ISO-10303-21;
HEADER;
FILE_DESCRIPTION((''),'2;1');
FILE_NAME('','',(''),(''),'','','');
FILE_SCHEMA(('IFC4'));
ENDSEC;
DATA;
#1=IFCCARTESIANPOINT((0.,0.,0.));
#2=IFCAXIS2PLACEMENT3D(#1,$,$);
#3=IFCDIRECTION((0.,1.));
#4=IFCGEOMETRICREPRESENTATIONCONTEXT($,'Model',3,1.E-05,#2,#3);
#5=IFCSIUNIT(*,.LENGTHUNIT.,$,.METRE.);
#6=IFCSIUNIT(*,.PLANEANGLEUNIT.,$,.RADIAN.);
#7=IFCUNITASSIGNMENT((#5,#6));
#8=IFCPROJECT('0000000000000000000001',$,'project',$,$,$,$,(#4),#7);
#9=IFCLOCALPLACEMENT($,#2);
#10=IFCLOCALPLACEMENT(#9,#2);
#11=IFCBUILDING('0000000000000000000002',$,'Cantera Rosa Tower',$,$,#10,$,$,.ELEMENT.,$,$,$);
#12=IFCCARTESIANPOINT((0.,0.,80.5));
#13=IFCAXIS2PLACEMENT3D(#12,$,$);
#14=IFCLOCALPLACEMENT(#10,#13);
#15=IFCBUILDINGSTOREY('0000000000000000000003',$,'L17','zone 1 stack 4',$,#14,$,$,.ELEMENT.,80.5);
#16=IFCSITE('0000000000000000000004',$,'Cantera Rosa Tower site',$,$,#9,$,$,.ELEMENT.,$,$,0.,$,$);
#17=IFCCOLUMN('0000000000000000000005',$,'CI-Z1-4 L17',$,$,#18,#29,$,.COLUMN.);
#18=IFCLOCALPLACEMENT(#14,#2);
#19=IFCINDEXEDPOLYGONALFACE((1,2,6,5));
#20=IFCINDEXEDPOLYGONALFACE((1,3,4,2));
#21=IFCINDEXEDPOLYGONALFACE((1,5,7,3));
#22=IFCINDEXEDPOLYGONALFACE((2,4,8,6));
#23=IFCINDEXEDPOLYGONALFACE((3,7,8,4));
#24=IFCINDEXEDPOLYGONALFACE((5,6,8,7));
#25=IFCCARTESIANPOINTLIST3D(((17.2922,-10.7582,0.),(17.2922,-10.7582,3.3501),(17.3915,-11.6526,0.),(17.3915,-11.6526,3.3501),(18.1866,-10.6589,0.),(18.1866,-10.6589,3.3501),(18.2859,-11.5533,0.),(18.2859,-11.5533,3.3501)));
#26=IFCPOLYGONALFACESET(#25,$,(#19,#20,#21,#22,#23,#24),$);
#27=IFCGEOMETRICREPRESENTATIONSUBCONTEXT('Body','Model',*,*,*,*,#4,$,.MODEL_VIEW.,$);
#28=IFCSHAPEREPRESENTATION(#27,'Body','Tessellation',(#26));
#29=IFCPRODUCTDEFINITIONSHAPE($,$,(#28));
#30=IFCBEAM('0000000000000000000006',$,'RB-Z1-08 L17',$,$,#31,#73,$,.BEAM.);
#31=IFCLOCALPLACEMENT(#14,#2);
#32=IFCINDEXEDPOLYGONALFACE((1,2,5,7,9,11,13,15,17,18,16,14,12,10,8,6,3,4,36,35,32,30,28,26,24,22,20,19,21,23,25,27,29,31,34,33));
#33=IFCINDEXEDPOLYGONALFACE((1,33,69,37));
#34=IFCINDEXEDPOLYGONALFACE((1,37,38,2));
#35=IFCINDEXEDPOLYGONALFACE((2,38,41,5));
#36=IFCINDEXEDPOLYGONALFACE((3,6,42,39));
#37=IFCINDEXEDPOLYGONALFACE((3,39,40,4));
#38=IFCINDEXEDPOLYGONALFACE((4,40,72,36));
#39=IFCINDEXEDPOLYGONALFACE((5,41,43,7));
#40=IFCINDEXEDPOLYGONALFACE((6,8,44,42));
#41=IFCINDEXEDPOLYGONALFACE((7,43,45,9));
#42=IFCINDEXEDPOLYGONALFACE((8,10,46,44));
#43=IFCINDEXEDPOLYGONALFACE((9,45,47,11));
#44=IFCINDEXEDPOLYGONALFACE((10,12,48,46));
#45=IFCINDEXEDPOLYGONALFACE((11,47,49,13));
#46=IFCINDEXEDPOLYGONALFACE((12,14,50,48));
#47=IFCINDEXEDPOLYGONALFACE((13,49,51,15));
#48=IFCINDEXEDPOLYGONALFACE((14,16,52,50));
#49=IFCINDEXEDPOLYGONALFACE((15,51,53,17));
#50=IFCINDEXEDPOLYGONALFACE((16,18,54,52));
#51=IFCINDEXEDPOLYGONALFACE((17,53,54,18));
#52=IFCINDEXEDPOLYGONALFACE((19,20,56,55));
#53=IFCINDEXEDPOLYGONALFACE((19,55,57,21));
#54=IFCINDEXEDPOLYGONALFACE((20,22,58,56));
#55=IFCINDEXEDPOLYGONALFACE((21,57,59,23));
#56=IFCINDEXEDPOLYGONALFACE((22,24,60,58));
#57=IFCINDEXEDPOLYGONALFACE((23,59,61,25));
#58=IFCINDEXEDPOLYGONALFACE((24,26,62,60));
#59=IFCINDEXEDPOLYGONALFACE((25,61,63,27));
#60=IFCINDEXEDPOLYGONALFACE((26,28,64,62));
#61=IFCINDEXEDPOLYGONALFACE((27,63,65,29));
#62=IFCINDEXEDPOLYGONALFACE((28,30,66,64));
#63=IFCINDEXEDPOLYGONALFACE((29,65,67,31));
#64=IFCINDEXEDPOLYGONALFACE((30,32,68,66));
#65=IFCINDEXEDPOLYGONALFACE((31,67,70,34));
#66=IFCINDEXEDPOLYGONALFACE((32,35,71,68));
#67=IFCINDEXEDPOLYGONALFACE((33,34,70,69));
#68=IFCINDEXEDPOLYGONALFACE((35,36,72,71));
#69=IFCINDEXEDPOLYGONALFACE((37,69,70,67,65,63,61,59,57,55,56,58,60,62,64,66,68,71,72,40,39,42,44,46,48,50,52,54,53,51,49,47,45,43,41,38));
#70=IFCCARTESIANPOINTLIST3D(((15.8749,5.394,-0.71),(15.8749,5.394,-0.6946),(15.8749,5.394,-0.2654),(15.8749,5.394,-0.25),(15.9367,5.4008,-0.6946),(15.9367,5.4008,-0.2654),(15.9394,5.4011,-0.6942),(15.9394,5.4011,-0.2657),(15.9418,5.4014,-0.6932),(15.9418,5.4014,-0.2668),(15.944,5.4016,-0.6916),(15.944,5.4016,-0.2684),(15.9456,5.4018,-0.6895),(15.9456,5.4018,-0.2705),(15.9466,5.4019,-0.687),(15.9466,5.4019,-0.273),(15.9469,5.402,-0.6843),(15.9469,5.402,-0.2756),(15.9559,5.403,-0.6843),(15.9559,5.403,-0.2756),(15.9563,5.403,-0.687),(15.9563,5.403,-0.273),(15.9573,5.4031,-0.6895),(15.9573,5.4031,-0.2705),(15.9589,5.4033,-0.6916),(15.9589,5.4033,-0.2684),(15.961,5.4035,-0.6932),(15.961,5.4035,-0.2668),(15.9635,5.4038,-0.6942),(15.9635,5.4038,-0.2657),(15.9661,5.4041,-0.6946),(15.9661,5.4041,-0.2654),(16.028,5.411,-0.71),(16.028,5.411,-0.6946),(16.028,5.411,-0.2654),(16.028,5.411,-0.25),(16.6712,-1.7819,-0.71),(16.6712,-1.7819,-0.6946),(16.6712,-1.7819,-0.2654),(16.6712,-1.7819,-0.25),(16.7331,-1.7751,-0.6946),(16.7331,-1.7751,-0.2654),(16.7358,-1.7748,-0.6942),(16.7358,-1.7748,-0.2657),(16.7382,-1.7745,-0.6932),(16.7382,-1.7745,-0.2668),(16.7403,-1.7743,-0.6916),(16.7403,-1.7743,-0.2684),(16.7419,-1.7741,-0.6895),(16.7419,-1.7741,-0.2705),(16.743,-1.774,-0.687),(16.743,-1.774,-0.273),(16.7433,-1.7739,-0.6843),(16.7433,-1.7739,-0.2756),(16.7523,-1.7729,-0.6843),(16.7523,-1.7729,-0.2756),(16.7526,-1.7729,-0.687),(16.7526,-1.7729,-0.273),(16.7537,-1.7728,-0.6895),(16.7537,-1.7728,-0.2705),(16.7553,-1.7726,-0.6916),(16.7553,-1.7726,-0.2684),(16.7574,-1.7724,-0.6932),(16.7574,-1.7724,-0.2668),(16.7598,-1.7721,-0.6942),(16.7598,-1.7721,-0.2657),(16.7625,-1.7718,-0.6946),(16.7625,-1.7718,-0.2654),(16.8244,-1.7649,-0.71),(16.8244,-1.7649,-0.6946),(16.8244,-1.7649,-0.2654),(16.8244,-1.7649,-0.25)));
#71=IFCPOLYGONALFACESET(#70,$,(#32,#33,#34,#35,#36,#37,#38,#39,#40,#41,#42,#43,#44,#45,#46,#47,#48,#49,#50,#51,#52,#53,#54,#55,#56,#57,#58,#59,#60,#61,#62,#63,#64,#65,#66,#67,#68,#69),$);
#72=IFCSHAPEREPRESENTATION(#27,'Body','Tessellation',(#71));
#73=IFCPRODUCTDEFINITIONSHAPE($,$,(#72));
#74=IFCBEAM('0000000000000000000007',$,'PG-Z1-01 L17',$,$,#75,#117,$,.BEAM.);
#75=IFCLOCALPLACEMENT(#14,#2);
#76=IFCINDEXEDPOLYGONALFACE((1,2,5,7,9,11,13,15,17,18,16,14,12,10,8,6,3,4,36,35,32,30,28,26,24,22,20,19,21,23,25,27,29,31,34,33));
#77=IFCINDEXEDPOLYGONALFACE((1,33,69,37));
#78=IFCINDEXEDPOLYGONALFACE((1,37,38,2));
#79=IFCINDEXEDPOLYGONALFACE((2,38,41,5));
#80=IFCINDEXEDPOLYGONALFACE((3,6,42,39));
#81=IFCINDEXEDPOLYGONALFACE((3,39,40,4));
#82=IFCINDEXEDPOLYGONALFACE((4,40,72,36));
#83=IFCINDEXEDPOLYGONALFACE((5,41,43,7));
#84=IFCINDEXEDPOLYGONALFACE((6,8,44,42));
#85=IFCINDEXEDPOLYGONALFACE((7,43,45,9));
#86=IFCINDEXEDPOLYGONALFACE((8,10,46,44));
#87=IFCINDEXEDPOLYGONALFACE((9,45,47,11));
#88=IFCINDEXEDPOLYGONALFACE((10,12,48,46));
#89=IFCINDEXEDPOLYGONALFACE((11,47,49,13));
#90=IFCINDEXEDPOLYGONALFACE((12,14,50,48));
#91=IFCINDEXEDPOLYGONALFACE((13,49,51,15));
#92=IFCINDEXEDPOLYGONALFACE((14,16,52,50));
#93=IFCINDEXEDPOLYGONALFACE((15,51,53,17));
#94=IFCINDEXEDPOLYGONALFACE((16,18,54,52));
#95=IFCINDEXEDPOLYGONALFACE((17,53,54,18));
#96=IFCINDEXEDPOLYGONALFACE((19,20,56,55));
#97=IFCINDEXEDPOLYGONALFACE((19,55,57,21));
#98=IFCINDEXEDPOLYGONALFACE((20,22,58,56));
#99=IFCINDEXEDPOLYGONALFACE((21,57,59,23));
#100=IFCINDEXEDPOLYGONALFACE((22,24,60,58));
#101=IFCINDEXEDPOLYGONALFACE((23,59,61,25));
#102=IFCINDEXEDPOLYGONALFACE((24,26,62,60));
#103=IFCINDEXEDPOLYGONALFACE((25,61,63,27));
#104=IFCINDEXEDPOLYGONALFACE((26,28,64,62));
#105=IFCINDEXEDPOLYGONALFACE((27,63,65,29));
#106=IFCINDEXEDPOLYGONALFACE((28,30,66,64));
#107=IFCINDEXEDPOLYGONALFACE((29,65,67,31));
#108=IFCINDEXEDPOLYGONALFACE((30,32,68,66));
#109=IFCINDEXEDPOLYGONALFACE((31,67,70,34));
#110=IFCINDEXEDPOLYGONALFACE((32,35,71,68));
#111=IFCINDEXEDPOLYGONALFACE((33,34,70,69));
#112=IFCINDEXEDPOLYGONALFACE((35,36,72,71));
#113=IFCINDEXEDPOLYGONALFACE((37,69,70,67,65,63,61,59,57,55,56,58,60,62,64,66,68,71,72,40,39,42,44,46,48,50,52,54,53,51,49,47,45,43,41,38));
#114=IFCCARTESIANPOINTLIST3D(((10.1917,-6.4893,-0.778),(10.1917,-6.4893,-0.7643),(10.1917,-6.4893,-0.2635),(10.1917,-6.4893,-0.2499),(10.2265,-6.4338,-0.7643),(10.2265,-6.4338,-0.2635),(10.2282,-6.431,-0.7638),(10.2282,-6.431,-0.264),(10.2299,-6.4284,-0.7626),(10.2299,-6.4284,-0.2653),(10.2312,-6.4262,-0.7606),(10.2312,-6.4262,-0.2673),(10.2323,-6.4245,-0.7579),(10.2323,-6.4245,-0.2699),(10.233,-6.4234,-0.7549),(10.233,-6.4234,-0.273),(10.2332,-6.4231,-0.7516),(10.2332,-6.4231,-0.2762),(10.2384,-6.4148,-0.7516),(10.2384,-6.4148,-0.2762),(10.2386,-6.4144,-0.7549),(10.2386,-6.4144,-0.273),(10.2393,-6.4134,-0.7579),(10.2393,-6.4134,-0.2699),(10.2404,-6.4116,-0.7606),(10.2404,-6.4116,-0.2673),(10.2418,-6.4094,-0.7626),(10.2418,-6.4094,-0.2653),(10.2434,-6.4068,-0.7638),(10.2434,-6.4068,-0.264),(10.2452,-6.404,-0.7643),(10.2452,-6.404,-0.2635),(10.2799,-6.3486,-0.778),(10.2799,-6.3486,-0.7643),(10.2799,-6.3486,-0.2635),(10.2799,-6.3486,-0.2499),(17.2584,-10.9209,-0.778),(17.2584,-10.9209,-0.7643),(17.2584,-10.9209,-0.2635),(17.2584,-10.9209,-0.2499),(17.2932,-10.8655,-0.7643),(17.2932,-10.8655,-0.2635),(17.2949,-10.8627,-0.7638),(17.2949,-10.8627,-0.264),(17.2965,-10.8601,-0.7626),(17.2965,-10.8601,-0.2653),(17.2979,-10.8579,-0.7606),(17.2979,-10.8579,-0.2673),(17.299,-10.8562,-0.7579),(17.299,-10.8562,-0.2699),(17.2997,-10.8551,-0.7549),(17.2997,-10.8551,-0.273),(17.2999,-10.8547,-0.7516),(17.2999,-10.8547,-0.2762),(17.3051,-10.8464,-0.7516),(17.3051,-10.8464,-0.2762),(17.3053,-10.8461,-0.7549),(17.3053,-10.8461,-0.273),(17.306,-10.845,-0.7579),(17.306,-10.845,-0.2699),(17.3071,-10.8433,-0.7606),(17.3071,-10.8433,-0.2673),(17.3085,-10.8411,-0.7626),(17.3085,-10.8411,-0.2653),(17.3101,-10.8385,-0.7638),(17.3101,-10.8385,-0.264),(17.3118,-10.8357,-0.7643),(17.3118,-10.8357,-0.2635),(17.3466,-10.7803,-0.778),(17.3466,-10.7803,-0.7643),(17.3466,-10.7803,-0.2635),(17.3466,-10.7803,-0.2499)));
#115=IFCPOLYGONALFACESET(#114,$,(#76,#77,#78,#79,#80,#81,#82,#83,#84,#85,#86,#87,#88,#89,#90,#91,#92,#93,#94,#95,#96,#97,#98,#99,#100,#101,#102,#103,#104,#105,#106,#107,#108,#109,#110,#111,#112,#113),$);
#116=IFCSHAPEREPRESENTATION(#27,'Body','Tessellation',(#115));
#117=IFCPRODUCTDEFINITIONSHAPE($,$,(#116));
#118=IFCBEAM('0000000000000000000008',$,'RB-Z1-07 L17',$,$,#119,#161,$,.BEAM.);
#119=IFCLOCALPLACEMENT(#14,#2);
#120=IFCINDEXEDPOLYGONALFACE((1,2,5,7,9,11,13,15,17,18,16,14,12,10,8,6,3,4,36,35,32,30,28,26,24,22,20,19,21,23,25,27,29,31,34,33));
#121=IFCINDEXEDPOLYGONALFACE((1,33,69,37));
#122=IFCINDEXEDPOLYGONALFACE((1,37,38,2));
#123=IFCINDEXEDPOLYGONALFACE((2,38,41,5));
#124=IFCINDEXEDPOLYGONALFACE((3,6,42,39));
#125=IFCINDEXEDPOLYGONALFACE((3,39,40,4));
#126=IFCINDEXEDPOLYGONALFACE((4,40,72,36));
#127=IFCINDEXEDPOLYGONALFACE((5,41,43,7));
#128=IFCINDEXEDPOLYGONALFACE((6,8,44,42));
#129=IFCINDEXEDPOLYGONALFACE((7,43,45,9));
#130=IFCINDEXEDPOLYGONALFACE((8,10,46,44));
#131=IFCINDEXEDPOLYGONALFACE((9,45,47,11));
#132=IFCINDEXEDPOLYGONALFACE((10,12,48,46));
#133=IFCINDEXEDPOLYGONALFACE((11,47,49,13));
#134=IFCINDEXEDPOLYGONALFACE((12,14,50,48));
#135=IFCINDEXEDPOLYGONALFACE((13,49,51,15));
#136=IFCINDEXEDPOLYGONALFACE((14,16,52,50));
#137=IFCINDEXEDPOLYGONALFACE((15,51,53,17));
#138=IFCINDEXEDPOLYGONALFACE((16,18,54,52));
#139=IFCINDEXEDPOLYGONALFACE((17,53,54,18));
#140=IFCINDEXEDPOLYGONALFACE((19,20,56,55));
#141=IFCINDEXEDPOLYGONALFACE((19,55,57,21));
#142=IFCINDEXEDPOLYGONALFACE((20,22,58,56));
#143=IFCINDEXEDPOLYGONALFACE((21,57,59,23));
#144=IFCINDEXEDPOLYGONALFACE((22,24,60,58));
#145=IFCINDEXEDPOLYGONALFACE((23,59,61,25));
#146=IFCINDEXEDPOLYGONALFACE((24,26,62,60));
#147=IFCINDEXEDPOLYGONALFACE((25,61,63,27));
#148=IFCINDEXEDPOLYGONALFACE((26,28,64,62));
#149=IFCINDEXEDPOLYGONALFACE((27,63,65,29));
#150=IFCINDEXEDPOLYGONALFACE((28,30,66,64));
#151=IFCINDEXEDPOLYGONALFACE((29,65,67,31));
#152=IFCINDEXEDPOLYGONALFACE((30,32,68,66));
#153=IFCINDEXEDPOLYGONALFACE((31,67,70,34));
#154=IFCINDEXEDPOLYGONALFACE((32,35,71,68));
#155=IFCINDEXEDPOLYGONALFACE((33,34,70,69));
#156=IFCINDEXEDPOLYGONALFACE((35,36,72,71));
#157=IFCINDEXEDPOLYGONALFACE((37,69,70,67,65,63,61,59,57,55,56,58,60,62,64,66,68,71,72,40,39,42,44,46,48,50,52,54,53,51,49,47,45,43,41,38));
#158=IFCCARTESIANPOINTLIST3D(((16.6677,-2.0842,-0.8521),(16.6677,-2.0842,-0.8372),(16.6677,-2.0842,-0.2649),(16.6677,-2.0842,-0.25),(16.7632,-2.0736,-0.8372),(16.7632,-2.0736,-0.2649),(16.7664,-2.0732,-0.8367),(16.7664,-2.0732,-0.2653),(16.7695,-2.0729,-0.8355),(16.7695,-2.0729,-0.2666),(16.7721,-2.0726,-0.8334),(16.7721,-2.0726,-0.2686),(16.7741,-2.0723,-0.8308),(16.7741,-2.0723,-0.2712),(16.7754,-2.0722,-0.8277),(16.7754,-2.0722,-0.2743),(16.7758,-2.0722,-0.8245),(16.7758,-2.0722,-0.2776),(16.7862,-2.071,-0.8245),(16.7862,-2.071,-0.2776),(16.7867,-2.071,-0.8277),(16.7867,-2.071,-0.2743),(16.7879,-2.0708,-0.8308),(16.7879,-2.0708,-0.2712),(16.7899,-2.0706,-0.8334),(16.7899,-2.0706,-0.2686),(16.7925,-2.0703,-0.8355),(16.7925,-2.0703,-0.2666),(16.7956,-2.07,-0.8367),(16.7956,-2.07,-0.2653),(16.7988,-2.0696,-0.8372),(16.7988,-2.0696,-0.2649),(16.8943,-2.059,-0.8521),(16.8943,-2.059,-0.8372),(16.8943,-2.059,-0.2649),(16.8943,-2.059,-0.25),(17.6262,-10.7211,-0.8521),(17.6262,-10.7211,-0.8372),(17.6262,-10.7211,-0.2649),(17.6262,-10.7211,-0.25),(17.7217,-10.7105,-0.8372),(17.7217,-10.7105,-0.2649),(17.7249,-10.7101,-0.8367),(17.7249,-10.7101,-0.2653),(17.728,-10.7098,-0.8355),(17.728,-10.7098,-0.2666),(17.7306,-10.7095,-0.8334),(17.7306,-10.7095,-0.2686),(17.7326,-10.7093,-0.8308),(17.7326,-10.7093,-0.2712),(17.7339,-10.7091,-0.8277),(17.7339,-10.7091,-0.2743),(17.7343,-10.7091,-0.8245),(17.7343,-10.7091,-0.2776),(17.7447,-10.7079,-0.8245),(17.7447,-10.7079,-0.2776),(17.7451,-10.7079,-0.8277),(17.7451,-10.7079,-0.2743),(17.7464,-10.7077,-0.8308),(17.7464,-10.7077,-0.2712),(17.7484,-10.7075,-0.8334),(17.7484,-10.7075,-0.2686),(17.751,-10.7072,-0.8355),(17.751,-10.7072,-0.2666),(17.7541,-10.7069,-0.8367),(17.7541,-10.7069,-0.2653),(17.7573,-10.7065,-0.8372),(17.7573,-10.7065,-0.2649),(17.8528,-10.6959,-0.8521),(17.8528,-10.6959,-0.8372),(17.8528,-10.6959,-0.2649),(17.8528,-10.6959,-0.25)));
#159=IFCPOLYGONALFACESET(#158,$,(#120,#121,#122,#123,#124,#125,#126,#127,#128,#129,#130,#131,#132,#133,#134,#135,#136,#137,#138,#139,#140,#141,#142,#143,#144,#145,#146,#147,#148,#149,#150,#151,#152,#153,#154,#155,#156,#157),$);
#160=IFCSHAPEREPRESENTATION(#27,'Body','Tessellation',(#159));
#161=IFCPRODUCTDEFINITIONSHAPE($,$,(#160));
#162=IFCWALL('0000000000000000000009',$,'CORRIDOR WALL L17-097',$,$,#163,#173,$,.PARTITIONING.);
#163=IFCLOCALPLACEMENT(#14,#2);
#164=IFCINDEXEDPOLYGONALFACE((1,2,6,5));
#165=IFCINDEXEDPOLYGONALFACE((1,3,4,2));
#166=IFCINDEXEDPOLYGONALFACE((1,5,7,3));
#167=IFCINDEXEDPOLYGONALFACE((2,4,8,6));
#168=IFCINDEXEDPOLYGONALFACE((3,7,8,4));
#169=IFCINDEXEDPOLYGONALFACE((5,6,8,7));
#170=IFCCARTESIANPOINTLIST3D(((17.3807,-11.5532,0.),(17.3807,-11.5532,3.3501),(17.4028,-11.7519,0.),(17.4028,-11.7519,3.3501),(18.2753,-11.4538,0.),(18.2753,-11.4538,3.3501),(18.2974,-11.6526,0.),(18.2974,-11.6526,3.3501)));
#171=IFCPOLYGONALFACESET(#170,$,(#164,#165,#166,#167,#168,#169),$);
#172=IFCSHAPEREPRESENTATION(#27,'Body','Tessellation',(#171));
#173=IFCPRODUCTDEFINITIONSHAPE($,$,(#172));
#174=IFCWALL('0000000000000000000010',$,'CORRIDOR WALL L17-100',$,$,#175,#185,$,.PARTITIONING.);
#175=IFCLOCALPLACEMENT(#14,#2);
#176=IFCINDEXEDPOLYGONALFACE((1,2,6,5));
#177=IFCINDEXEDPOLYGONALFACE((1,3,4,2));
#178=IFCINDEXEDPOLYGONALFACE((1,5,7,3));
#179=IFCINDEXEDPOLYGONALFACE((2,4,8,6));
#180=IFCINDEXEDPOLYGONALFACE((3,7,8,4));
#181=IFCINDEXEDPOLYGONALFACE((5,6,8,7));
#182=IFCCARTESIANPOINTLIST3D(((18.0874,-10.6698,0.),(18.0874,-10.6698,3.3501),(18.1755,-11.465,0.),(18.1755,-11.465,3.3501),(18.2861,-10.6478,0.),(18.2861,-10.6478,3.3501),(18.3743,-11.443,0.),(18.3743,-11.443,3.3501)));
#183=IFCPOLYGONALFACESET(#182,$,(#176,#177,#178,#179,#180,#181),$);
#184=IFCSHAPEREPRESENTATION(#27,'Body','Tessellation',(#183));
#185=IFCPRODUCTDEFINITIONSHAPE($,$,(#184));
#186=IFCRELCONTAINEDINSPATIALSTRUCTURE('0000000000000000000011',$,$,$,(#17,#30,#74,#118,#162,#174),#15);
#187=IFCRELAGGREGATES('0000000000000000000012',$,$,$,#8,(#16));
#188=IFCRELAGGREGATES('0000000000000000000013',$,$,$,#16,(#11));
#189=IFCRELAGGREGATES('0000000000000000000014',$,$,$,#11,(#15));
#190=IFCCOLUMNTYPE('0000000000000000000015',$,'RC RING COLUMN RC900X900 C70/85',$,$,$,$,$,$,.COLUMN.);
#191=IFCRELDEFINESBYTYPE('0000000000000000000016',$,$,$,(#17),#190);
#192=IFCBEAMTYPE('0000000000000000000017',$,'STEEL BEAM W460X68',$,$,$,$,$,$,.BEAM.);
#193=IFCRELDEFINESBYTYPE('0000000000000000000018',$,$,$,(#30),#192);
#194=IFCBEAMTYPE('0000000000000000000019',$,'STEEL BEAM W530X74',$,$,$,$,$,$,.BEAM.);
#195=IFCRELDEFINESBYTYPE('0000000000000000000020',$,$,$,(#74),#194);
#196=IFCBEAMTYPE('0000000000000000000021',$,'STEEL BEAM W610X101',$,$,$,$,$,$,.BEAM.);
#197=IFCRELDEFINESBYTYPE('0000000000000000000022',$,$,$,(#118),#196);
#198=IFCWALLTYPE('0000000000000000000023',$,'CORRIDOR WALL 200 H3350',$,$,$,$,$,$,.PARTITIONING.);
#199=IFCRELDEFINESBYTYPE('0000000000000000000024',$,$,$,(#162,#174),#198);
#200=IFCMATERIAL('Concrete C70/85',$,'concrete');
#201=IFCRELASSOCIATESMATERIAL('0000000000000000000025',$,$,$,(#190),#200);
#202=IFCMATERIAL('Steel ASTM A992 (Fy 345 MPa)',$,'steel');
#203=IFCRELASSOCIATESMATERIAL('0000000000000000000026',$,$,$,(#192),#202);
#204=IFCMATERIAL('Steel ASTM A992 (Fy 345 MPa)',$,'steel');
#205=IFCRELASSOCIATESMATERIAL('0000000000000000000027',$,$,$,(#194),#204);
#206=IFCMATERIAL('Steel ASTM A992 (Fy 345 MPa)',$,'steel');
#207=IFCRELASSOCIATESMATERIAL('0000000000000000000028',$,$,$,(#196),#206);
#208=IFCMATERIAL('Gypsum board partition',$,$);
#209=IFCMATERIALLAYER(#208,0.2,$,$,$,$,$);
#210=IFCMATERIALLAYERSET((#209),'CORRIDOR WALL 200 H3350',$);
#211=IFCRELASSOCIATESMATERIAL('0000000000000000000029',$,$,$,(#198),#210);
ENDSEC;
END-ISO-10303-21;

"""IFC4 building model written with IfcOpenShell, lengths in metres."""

from ifc_helpers import new_model, si_unit, direction, frame, frame_2d, origin, origin_2d, place, context, subcontext, project, spatial, rectangle, i_section, extrude, material, layer, layer_set, material_profile, profile_set, type_object, element, save


model = new_model("IFC4")

# Units and contexts
model_context = context("Model", 3, precision=1e-05, world=origin(), true_north=direction((0.0, 1.0)))
body_context = subcontext(model_context, "Body", "Model", "MODEL_VIEW")
ifc_project = project(units=[si_unit("LENGTHUNIT", "METRE"), si_unit("PLANEANGLEUNIT", "RADIAN")], contexts=[model_context])

# Site, building, storey
site_placement = place(None, origin())
site = spatial("IfcSite", under=ifc_project, at=site_placement, Name="Cantera Rosa Tower site", CompositionType="ELEMENT", RefElevation=0.0)
building_placement = place(site_placement, origin())
building = spatial("IfcBuilding", under=site, at=building_placement, Name="Cantera Rosa Tower", CompositionType="ELEMENT")
storey_placement = place(building_placement, frame((0.0, 0.0, 80.5)))
storey = spatial("IfcBuildingStorey", under=building, at=storey_placement, Name="L17", Description="zone 1 stack 4", CompositionType="ELEMENT", Elevation=80.5)

# Column
ifc_material_1 = material(Name="Concrete C70/85", Category="concrete")
ifc_material_profile_1 = material_profile(ifc_material_1, rectangle(XDim=0.8999, YDim=0.8999, at=origin_2d()), Name="RC RING COLUMN RC900X900 C70/85")
ifc_profile_set_1 = profile_set([ifc_material_profile_1], Name="Concrete C70/85")
column_type = type_object("IfcColumnType", Name="RC RING COLUMN RC900X900 C70/85", PredefinedType="COLUMN", material=ifc_profile_set_1)
column_placement = place(storey_placement, frame((17.7891, -11.1558, 0.0), z_axis=(0.0, 0.0, 1.0), x_axis=(0.993897, 0.110313, 0.0)))
element("IfcColumn", 1, at=column_placement, inside=storey, type_object=column_type, Name="CI-Z1-4 L17", PredefinedType="COLUMN", context=body_context, shape_type="SweptSolid", body=[
    extrude(rectangle(XDim=0.8999, YDim=0.8999, at=origin_2d()), origin(), (0.0, 0.0, 1.0), 3.3501),
])

# Beams
ifc_material_2 = material(Name="Steel ASTM A992 (Fy 345 MPa)", Category="steel")
ifc_material_profile_2 = material_profile(ifc_material_2, i_section(OverallWidth=0.1541, OverallDepth=0.46, WebThickness=0.009, FlangeThickness=0.0154, FilletRadius=0.0103, at=origin_2d()), Name="W460X68")
ifc_profile_set_2 = profile_set([ifc_material_profile_2], Name="Steel ASTM A992 (Fy 345 MPa)")
beam_type_1 = type_object("IfcBeamType", Name="STEEL BEAM W460X68", PredefinedType="BEAM", material=ifc_profile_set_2)
beam_1_placement = place(storey_placement, frame((16.7478, -1.7734, -0.48), z_axis=(-0.110302, 0.993898, 0.0), x_axis=(-0.993898, -0.110302, 0.0)))
element("IfcBeam", 2, at=beam_1_placement, inside=storey, type_object=beam_type_1, Name="RB-Z1-08 L17", PredefinedType="BEAM", context=body_context, shape_type="SweptSolid", body=[
    extrude(i_section(OverallWidth=0.1541, OverallDepth=0.46, WebThickness=0.009, FlangeThickness=0.0154, FilletRadius=0.0103, at=origin_2d()), origin(), (0.0, 0.0, 1.0), 7.22),
])
ifc_material_3 = material(Name="Steel ASTM A992 (Fy 345 MPa)", Category="steel")
ifc_material_profile_3 = material_profile(ifc_material_3, i_section(OverallWidth=0.166, OverallDepth=0.5281, WebThickness=0.0098, FlangeThickness=0.0137, FilletRadius=0.0127, at=origin_2d()), Name="W530X74")
ifc_profile_set_3 = profile_set([ifc_material_profile_3], Name="Steel ASTM A992 (Fy 345 MPa)")
beam_type_2 = type_object("IfcBeamType", Name="STEEL BEAM W530X74", PredefinedType="BEAM", material=ifc_profile_set_3)
beam_2_placement = place(storey_placement, frame((17.3025, -10.8506, -0.5139), z_axis=(-0.84719, 0.53129, 0.0), x_axis=(-0.53129, -0.84719, 0.0)))
element("IfcBeam", 3, at=beam_2_placement, inside=storey, type_object=beam_type_2, Name="PG-Z1-01 L17", PredefinedType="BEAM", context=body_context, shape_type="SweptSolid", body=[
    extrude(i_section(OverallWidth=0.166, OverallDepth=0.5281, WebThickness=0.0098, FlangeThickness=0.0137, FilletRadius=0.0127, at=origin_2d()), origin(), (0.0, 0.0, 1.0), 8.3413),
])
ifc_material_4 = material(Name="Steel ASTM A992 (Fy 345 MPa)", Category="steel")
ifc_material_profile_4 = material_profile(ifc_material_4, i_section(OverallWidth=0.228, OverallDepth=0.6021, WebThickness=0.0105, FlangeThickness=0.0149, FilletRadius=0.0127, at=origin_2d()), Name="W610X101")
ifc_profile_set_4 = profile_set([ifc_material_profile_4], Name="Steel ASTM A992 (Fy 345 MPa)")
beam_type_3 = type_object("IfcBeamType", Name="STEEL BEAM W610X101", PredefinedType="BEAM", material=ifc_profile_set_4)
beam_3_placement = place(storey_placement, frame((17.7395, -10.7085, -0.551), z_axis=(-0.110299, 0.993898, 0.0), x_axis=(-0.993898, -0.110299, 0.0)))
element("IfcBeam", 4, at=beam_3_placement, inside=storey, type_object=beam_type_3, Name="RB-Z1-07 L17", PredefinedType="BEAM", context=body_context, shape_type="SweptSolid", body=[
    extrude(i_section(OverallWidth=0.228, OverallDepth=0.6021, WebThickness=0.0105, FlangeThickness=0.0149, FilletRadius=0.0127, at=origin_2d()), origin(), (0.0, 0.0, 1.0), 8.6899),
])

# Walls
ifc_material_5 = material(Name="Gypsum board partition")
ifc_layer_1 = layer(ifc_material_5, 0.2)
ifc_layer_set_1 = layer_set([ifc_layer_1], Name="CORRIDOR WALL 200 H3350")
wall_type_1 = type_object("IfcWallType", Name="CORRIDOR WALL 200 H3350", PredefinedType="PARTITIONING", material=ifc_layer_set_1)
wall_1_placement = place(storey_placement, frame((17.3916, -11.6526, 0.0), z_axis=(0.0, 0.0, 1.0), x_axis=(0.993887, 0.110402, 0.0)))
element("IfcWall", 5, at=wall_1_placement, inside=storey, type_object=wall_type_1, Name="CORRIDOR WALL L17-097", PredefinedType="PARTITIONING", context=body_context, shape_type="SweptSolid", body=[
    extrude(rectangle(XDim=0.9001, YDim=0.2, at=frame_2d((0.4502, 0.0))), origin(), (0.0, 0.0, 1.0), 3.3501),
])
wall_2_placement = place(storey_placement, frame((18.2749, -11.4539, 0.0), z_axis=(0.0, 0.0, 1.0), x_axis=(-0.110164, 0.993913, 0.0)))
element("IfcWall", 6, at=wall_2_placement, inside=storey, type_object=wall_type_1, Name="CORRIDOR WALL L17-100", PredefinedType="PARTITIONING", context=body_context, shape_type="SweptSolid", body=[
    extrude(rectangle(XDim=0.8, YDim=0.2, at=frame_2d((0.3999, 0.0))), origin(), (0.0, 0.0, 1.0), 3.3501),
])

save(model, "model.ifc")
